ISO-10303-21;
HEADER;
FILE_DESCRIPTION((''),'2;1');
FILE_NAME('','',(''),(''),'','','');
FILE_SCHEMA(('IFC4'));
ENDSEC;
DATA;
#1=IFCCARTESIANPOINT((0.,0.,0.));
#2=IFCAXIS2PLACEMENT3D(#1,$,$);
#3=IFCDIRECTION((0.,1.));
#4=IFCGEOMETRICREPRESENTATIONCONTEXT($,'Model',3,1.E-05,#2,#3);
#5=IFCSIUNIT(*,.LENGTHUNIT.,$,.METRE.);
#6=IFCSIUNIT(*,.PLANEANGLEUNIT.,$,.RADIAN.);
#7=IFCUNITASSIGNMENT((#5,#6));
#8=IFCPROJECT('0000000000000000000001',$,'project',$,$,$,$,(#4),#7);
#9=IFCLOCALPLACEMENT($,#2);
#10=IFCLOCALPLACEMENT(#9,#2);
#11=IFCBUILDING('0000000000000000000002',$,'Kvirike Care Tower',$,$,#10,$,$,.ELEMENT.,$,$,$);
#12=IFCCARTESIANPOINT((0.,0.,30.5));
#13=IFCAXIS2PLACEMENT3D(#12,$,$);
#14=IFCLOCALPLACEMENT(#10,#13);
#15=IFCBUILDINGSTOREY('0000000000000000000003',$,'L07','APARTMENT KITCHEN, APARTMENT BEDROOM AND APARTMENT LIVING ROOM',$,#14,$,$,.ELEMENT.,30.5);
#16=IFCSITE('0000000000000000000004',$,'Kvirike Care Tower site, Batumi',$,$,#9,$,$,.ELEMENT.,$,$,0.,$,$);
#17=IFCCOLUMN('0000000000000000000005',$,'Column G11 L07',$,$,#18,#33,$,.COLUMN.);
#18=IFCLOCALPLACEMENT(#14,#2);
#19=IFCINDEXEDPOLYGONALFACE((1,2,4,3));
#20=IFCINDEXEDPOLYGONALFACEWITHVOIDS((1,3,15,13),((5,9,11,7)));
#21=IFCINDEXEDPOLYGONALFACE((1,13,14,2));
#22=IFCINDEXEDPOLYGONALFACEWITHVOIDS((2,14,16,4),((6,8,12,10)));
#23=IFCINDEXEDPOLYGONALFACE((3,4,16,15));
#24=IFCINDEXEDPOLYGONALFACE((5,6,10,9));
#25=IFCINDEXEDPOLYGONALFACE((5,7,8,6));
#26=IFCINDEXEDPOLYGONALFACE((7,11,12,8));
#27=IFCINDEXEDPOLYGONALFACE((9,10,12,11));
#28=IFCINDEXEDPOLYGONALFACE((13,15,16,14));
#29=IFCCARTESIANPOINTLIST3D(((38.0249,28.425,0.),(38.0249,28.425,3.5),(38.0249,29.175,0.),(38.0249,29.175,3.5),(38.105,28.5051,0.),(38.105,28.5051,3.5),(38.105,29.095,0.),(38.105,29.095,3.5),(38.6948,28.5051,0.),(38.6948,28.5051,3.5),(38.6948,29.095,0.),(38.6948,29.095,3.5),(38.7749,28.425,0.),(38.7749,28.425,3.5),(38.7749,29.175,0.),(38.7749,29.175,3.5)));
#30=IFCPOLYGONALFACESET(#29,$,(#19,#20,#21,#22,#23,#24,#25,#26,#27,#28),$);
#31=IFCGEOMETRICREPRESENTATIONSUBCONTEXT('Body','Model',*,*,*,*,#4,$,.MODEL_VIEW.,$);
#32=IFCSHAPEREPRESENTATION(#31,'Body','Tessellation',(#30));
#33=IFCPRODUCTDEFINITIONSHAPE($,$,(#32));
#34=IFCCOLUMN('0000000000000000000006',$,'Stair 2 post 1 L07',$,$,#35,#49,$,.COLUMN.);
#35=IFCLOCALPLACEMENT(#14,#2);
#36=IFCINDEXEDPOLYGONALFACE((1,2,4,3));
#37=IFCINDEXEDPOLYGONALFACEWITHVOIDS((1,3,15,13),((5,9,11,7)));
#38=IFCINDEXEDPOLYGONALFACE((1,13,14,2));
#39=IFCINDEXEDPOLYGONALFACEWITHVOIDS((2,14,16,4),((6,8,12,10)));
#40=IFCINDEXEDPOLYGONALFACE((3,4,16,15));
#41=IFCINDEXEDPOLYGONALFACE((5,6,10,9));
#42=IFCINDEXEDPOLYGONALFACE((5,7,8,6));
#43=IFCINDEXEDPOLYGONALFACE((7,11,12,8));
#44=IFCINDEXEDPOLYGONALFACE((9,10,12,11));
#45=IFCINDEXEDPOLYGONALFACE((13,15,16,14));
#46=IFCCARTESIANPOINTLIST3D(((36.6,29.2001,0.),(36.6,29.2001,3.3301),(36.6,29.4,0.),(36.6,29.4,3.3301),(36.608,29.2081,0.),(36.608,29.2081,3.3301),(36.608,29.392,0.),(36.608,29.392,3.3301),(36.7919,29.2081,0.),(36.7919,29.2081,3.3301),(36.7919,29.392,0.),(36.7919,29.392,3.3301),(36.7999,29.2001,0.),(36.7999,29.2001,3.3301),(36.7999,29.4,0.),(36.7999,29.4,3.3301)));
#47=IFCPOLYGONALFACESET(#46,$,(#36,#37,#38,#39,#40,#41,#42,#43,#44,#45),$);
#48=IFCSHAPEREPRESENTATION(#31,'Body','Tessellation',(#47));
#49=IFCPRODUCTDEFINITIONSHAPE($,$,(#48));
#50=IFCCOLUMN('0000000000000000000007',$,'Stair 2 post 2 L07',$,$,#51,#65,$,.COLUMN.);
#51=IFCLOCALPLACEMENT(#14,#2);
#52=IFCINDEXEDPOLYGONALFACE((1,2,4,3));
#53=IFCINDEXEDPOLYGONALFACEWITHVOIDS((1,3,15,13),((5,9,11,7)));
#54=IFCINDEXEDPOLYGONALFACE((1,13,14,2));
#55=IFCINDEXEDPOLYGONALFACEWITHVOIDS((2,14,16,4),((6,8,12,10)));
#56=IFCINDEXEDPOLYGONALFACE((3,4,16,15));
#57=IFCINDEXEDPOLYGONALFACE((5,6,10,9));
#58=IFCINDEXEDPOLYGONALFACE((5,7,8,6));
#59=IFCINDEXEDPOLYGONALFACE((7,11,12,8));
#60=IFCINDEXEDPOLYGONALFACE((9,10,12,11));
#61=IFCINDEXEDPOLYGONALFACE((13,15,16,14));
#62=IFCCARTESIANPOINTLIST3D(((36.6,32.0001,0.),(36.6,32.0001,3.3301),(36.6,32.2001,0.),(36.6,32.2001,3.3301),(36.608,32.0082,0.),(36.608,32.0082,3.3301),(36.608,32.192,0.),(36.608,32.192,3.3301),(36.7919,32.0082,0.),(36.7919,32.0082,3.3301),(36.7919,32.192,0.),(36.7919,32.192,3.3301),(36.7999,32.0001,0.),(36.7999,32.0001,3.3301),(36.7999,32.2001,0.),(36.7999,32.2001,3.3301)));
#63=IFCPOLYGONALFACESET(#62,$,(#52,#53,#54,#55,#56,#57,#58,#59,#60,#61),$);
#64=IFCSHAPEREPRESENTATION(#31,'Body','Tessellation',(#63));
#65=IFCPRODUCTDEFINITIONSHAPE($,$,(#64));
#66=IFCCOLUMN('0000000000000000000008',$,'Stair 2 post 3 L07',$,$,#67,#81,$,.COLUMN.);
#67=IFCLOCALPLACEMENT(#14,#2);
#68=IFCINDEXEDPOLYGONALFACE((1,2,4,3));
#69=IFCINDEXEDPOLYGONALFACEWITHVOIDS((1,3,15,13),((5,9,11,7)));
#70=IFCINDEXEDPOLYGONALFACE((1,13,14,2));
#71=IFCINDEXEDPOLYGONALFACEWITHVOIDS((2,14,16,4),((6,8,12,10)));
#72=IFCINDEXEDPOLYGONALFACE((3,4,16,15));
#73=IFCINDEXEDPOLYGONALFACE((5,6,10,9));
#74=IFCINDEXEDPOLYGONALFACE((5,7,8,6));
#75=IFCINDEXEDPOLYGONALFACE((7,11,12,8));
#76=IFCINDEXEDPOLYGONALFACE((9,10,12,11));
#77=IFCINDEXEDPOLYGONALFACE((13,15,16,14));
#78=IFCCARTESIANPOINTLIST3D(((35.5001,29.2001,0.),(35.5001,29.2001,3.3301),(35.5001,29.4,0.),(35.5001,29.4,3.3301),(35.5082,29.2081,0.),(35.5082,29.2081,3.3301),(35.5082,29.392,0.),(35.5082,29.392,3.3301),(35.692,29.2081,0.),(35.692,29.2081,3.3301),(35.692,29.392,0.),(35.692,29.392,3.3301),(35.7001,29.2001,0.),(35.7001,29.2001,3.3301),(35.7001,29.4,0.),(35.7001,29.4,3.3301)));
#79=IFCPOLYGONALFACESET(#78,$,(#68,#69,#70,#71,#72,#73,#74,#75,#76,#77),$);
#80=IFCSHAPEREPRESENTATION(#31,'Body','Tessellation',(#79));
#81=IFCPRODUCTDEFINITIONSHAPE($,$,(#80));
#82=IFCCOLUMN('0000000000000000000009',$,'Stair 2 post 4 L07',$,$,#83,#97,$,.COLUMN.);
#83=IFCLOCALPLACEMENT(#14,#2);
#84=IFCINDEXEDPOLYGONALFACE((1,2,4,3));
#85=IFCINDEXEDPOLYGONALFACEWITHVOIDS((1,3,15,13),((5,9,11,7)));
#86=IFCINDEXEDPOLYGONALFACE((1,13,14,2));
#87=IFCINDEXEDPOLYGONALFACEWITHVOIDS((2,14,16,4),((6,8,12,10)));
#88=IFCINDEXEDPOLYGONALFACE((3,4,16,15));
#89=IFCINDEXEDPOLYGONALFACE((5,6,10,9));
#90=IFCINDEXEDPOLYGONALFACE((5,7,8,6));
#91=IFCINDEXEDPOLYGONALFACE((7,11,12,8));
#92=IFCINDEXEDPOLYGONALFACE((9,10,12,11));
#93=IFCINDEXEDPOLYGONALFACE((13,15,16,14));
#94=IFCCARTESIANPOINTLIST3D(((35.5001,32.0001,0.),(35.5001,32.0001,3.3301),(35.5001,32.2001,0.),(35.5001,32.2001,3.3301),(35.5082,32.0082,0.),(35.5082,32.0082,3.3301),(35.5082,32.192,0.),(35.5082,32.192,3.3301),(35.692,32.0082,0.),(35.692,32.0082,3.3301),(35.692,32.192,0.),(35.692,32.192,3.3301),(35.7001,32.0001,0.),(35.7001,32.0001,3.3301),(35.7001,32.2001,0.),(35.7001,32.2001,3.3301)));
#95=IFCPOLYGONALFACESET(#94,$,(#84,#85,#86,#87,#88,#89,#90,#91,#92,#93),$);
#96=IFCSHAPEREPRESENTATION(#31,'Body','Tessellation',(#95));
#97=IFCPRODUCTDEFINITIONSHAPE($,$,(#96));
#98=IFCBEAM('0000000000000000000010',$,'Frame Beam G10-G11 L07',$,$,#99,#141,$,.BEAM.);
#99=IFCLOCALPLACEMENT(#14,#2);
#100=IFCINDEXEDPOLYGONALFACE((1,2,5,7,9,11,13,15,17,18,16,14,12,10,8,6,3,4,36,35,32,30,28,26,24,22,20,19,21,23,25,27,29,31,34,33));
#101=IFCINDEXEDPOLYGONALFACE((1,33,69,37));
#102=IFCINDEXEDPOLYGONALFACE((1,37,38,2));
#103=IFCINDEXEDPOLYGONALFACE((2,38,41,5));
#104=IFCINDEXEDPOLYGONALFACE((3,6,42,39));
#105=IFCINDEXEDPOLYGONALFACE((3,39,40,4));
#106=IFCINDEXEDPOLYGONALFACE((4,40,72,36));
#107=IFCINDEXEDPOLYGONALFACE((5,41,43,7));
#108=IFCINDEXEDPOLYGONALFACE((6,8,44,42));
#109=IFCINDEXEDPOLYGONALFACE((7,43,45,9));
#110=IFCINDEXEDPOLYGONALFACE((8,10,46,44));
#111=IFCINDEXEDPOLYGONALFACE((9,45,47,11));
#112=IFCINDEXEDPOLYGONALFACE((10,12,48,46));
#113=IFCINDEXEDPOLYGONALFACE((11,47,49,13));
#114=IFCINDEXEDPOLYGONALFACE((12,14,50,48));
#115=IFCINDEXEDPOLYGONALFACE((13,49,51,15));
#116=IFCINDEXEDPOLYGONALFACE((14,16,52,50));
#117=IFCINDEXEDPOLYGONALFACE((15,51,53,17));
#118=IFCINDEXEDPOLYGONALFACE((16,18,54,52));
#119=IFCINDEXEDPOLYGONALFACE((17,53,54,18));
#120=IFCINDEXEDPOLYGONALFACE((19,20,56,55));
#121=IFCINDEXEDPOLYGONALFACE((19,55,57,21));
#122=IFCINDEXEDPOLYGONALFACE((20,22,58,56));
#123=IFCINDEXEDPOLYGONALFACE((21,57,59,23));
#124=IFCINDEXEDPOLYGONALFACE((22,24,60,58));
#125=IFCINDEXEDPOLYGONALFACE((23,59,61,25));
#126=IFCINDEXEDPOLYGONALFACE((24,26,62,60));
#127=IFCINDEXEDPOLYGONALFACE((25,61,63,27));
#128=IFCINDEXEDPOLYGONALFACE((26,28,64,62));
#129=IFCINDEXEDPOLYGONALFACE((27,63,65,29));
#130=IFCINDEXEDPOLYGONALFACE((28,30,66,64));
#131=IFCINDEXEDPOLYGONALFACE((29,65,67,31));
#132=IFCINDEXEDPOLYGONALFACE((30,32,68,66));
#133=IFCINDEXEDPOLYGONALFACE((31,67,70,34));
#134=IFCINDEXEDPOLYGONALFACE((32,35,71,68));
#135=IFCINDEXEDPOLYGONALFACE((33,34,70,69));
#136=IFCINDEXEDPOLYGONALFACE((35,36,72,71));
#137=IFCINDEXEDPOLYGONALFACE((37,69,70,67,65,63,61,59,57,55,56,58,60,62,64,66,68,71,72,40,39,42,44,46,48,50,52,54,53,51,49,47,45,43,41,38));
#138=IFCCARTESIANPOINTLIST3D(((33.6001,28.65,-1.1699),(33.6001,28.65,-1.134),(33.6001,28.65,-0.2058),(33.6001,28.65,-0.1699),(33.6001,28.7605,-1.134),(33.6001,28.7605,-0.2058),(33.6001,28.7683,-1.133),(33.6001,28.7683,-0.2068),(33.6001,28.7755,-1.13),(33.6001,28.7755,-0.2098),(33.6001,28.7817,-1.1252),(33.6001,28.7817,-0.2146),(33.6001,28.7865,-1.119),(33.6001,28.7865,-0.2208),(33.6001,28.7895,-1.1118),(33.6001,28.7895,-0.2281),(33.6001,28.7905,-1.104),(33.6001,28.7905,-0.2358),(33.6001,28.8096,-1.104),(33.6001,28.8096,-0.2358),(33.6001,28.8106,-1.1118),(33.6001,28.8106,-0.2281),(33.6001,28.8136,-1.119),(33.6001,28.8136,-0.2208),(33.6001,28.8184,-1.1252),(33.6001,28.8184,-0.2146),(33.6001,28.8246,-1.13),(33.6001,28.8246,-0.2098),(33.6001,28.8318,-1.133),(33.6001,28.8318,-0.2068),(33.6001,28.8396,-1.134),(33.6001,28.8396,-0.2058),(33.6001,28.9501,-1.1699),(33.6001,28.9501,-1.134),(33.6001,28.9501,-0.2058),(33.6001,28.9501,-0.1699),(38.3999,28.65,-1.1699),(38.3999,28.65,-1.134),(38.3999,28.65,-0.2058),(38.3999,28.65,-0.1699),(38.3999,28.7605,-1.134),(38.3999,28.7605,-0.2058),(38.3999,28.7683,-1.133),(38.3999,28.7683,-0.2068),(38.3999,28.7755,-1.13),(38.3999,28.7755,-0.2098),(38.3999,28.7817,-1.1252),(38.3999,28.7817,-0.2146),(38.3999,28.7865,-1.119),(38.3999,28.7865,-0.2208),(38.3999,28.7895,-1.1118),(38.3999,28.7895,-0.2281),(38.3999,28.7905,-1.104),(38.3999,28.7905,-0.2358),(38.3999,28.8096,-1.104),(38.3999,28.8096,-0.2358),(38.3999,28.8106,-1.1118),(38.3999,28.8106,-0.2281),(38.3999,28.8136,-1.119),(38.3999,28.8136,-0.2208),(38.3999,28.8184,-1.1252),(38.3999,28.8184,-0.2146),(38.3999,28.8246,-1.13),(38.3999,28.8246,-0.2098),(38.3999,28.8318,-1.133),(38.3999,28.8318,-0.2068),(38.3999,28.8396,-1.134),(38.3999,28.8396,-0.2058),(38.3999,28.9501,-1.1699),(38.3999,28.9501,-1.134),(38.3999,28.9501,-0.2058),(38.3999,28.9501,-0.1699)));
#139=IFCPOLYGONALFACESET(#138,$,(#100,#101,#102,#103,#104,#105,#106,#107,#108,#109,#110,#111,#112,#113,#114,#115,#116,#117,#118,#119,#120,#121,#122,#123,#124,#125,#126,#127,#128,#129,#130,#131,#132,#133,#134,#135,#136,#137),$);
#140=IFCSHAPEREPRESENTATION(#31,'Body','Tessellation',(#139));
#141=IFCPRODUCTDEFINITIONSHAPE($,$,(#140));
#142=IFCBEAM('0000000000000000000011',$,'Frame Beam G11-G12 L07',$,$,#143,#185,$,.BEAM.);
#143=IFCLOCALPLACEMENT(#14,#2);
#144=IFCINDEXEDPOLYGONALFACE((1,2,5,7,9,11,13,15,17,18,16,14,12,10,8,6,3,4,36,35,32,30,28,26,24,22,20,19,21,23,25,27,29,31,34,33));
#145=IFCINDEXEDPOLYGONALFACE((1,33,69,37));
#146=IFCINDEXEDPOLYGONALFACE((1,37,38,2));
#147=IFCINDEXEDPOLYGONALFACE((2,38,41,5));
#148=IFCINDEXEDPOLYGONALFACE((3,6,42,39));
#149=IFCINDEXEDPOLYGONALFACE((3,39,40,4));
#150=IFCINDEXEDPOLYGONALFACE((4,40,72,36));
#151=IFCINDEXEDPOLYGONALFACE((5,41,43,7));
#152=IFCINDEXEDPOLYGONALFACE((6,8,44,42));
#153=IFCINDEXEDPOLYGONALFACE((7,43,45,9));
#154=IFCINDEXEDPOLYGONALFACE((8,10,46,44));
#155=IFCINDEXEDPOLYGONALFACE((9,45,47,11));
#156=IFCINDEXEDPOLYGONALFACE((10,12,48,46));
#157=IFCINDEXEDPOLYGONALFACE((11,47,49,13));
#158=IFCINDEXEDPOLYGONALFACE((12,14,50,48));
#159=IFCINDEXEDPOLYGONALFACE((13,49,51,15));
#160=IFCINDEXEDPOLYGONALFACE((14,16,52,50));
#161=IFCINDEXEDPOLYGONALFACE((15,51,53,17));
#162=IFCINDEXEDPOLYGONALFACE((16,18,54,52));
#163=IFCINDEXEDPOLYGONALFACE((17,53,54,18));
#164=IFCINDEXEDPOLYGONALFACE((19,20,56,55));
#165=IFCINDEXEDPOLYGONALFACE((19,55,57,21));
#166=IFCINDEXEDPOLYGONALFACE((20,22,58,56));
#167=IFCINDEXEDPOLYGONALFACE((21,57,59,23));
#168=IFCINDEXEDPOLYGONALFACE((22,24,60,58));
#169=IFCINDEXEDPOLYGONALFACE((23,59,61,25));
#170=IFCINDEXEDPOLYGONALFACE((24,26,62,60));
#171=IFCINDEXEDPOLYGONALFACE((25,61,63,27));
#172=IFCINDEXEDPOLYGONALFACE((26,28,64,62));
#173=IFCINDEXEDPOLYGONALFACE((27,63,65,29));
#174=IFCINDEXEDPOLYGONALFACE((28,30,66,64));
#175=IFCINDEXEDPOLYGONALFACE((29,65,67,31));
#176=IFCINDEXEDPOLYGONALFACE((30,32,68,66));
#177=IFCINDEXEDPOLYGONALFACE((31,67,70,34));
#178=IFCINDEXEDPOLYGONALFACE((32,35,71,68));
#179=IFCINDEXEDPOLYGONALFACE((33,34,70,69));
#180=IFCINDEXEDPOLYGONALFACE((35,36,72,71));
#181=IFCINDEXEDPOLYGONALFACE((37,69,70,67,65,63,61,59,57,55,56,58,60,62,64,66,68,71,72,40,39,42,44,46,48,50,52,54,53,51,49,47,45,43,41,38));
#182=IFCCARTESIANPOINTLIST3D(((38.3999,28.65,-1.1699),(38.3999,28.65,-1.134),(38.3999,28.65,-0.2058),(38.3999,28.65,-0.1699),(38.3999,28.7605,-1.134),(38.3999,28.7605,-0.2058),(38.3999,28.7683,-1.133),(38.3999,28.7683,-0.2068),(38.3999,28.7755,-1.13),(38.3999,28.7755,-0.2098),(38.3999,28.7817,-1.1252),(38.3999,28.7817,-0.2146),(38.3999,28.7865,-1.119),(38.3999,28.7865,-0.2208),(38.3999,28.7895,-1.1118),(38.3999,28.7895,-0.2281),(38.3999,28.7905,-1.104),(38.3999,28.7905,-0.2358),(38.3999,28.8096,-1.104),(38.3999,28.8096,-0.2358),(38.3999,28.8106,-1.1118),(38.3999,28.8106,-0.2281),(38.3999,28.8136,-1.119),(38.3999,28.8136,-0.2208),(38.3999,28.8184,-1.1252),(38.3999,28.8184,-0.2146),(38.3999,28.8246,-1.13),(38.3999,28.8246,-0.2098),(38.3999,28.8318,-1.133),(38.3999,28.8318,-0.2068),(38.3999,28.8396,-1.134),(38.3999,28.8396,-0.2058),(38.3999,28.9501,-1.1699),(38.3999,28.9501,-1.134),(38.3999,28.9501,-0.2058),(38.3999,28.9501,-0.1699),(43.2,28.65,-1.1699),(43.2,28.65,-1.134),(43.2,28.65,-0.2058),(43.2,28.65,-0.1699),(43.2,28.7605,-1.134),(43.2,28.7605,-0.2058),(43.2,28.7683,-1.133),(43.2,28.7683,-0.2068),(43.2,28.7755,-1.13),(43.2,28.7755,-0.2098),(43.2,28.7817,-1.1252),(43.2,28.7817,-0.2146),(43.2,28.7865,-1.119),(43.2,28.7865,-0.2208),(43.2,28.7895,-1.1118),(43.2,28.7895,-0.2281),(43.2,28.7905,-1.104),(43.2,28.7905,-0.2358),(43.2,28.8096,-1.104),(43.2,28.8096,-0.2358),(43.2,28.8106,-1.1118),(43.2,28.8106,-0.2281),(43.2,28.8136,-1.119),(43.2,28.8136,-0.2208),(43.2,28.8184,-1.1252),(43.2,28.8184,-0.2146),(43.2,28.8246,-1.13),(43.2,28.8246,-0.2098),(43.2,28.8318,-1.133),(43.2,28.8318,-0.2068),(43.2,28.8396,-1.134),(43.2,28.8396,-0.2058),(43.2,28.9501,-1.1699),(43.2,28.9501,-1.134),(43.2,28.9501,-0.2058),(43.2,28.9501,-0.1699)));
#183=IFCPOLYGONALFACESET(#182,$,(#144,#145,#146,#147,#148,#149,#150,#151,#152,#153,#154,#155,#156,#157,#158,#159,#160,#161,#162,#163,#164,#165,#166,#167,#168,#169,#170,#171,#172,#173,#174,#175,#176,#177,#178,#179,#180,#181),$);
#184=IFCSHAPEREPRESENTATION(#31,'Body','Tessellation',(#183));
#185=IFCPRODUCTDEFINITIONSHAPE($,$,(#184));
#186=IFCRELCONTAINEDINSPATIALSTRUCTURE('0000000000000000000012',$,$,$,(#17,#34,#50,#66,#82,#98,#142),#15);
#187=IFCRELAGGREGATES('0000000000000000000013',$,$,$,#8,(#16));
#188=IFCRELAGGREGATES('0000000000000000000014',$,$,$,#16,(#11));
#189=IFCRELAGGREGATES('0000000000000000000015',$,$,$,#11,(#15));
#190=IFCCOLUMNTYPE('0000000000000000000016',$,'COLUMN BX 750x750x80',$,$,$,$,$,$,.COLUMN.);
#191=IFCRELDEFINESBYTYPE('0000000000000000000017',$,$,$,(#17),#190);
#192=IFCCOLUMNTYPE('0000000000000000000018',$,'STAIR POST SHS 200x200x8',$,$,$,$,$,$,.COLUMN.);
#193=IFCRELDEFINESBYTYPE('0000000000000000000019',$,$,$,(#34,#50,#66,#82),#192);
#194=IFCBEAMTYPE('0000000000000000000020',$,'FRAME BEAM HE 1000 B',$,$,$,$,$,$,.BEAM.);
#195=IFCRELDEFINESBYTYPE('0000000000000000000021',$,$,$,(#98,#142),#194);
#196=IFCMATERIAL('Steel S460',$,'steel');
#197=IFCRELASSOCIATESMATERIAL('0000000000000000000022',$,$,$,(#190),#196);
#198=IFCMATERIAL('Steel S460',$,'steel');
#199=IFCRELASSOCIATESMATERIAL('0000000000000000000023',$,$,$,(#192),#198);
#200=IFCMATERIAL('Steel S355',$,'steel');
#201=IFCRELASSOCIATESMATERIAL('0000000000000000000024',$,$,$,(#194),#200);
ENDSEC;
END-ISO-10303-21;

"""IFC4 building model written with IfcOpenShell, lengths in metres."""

from ifc_helpers import new_model, si_unit, direction, frame, origin, origin_2d, place, context, subcontext, project, spatial, hollow_rectangle, i_section, extrude, material, material_profile, profile_set, type_object, element, save


model = new_model("IFC4")

# Units and contexts
model_context = context("Model", 3, precision=1e-05, world=origin(), true_north=direction((0.0, 1.0)))
body_context = subcontext(model_context, "Body", "Model", "MODEL_VIEW")
ifc_project = project(units=[si_unit("LENGTHUNIT", "METRE"), si_unit("PLANEANGLEUNIT", "RADIAN")], contexts=[model_context])

# Site, building, storey
site_placement = place(None, origin())
site = spatial("IfcSite", under=ifc_project, at=site_placement, Name="Kvirike Care Tower site, Batumi", CompositionType="ELEMENT", RefElevation=0.0)
building_placement = place(site_placement, origin())
building = spatial("IfcBuilding", under=site, at=building_placement, Name="Kvirike Care Tower", CompositionType="ELEMENT")
storey_placement = place(building_placement, frame((0.0, 0.0, 30.5)))
storey = spatial("IfcBuildingStorey", under=building, at=storey_placement, Name="L07", Description="APARTMENT KITCHEN, APARTMENT BEDROOM AND APARTMENT LIVING ROOM", CompositionType="ELEMENT", Elevation=30.5)

# Columns
ifc_material_1 = material(Name="Steel S460", Category="steel")
ifc_material_profile_1 = material_profile(ifc_material_1, hollow_rectangle(XDim=0.75, YDim=0.75, WallThickness=0.0801, at=origin_2d()), Name="BX 750x750x80")
ifc_profile_set_1 = profile_set([ifc_material_profile_1], Name="Steel S460")
column_type_1 = type_object("IfcColumnType", Name="COLUMN BX 750x750x80", PredefinedType="COLUMN", material=ifc_profile_set_1)
column_placement = place(storey_placement, frame((38.3999, 28.8, 0.0), z_axis=(0.0, 0.0, 1.0), x_axis=(0.0, 1.0, 0.0)))
element("IfcColumn", 1, at=column_placement, inside=storey, type_object=column_type_1, Name="Column G11 L07", PredefinedType="COLUMN", context=body_context, shape_type="SweptSolid", body=[
    extrude(hollow_rectangle(XDim=0.75, YDim=0.75, WallThickness=0.0801, at=origin_2d()), origin(), (0.0, 0.0, 1.0), 3.5),
])
ifc_material_2 = material(Name="Steel S460", Category="steel")
ifc_material_profile_2 = material_profile(ifc_material_2, hollow_rectangle(XDim=0.2, YDim=0.2, WallThickness=0.0081, at=origin_2d()), Name="SHS 200x200x8")
ifc_profile_set_2 = profile_set([ifc_material_profile_2], Name="Steel S460")
column_type_2 = type_object("IfcColumnType", Name="STAIR POST SHS 200x200x8", PredefinedType="COLUMN", material=ifc_profile_set_2)
for number, where, z_axis, x_axis, name in (
    (2, (36.7, 29.3, 0.0), (0.0, 0.0, 1.0), (1.0, 0.0, 0.0), "Stair 2 post 1 L07"),
    (3, (36.7, 32.1001, 0.0), (0.0, 0.0, 1.0), (1.0, 0.0, 0.0), "Stair 2 post 2 L07"),
    (4, (35.6001, 29.3, 0.0), (0.0, 0.0, 1.0), (1.0, 0.0, 0.0), "Stair 2 post 3 L07"),
    (5, (35.6001, 32.1001, 0.0), (0.0, 0.0, 1.0), (1.0, 0.0, 0.0), "Stair 2 post 4 L07"),
):
    element("IfcColumn", number, at=place(storey_placement, frame(where, z_axis=z_axis, x_axis=x_axis)), inside=storey, type_object=column_type_2, Name=name, PredefinedType="COLUMN", context=body_context, shape_type="SweptSolid", body=[
        extrude(hollow_rectangle(XDim=0.2, YDim=0.2, WallThickness=0.0081, at=origin_2d()), origin(), (0.0, 0.0, 1.0), 3.3301),
    ])

# Beams
ifc_material_3 = material(Name="Steel S355", Category="steel")
ifc_material_profile_3 = material_profile(ifc_material_3, i_section(OverallWidth=0.3, OverallDepth=1.0, WebThickness=0.019, FlangeThickness=0.0359, FilletRadius=0.03, at=origin_2d()), Name="HE 1000 B")
ifc_profile_set_3 = profile_set([ifc_material_profile_3], Name="Steel S355")
beam_type_1 = type_object("IfcBeamType", Name="FRAME BEAM HE 1000 B", PredefinedType="BEAM", material=ifc_profile_set_3)
beam_1_placement = place(storey_placement, frame((33.6001, 28.8, -0.6699), z_axis=(1.0, 0.0, 0.0), x_axis=(0.0, 1.0, 0.0)))
element("IfcBeam", 6, at=beam_1_placement, inside=storey, type_object=beam_type_1, Name="Frame Beam G10-G11 L07", PredefinedType="BEAM", context=body_context, shape_type="SweptSolid", body=[
    extrude(i_section(OverallWidth=0.3, OverallDepth=1.0, WebThickness=0.019, FlangeThickness=0.0359, FilletRadius=0.03, at=origin_2d()), origin(), (0.0, 0.0, 1.0), 4.7998),
])
beam_2_placement = place(storey_placement, frame((38.3999, 28.8, -0.6699), z_axis=(1.0, 0.0, 0.0), x_axis=(0.0, 1.0, 0.0)))
element("IfcBeam", 7, at=beam_2_placement, inside=storey, type_object=beam_type_1, Name="Frame Beam G11-G12 L07", PredefinedType="BEAM", context=body_context, shape_type="SweptSolid", body=[
    extrude(i_section(OverallWidth=0.3, OverallDepth=1.0, WebThickness=0.019, FlangeThickness=0.0359, FilletRadius=0.03, at=origin_2d()), origin(), (0.0, 0.0, 1.0), 4.8),
])

save(model, "model.ifc")
